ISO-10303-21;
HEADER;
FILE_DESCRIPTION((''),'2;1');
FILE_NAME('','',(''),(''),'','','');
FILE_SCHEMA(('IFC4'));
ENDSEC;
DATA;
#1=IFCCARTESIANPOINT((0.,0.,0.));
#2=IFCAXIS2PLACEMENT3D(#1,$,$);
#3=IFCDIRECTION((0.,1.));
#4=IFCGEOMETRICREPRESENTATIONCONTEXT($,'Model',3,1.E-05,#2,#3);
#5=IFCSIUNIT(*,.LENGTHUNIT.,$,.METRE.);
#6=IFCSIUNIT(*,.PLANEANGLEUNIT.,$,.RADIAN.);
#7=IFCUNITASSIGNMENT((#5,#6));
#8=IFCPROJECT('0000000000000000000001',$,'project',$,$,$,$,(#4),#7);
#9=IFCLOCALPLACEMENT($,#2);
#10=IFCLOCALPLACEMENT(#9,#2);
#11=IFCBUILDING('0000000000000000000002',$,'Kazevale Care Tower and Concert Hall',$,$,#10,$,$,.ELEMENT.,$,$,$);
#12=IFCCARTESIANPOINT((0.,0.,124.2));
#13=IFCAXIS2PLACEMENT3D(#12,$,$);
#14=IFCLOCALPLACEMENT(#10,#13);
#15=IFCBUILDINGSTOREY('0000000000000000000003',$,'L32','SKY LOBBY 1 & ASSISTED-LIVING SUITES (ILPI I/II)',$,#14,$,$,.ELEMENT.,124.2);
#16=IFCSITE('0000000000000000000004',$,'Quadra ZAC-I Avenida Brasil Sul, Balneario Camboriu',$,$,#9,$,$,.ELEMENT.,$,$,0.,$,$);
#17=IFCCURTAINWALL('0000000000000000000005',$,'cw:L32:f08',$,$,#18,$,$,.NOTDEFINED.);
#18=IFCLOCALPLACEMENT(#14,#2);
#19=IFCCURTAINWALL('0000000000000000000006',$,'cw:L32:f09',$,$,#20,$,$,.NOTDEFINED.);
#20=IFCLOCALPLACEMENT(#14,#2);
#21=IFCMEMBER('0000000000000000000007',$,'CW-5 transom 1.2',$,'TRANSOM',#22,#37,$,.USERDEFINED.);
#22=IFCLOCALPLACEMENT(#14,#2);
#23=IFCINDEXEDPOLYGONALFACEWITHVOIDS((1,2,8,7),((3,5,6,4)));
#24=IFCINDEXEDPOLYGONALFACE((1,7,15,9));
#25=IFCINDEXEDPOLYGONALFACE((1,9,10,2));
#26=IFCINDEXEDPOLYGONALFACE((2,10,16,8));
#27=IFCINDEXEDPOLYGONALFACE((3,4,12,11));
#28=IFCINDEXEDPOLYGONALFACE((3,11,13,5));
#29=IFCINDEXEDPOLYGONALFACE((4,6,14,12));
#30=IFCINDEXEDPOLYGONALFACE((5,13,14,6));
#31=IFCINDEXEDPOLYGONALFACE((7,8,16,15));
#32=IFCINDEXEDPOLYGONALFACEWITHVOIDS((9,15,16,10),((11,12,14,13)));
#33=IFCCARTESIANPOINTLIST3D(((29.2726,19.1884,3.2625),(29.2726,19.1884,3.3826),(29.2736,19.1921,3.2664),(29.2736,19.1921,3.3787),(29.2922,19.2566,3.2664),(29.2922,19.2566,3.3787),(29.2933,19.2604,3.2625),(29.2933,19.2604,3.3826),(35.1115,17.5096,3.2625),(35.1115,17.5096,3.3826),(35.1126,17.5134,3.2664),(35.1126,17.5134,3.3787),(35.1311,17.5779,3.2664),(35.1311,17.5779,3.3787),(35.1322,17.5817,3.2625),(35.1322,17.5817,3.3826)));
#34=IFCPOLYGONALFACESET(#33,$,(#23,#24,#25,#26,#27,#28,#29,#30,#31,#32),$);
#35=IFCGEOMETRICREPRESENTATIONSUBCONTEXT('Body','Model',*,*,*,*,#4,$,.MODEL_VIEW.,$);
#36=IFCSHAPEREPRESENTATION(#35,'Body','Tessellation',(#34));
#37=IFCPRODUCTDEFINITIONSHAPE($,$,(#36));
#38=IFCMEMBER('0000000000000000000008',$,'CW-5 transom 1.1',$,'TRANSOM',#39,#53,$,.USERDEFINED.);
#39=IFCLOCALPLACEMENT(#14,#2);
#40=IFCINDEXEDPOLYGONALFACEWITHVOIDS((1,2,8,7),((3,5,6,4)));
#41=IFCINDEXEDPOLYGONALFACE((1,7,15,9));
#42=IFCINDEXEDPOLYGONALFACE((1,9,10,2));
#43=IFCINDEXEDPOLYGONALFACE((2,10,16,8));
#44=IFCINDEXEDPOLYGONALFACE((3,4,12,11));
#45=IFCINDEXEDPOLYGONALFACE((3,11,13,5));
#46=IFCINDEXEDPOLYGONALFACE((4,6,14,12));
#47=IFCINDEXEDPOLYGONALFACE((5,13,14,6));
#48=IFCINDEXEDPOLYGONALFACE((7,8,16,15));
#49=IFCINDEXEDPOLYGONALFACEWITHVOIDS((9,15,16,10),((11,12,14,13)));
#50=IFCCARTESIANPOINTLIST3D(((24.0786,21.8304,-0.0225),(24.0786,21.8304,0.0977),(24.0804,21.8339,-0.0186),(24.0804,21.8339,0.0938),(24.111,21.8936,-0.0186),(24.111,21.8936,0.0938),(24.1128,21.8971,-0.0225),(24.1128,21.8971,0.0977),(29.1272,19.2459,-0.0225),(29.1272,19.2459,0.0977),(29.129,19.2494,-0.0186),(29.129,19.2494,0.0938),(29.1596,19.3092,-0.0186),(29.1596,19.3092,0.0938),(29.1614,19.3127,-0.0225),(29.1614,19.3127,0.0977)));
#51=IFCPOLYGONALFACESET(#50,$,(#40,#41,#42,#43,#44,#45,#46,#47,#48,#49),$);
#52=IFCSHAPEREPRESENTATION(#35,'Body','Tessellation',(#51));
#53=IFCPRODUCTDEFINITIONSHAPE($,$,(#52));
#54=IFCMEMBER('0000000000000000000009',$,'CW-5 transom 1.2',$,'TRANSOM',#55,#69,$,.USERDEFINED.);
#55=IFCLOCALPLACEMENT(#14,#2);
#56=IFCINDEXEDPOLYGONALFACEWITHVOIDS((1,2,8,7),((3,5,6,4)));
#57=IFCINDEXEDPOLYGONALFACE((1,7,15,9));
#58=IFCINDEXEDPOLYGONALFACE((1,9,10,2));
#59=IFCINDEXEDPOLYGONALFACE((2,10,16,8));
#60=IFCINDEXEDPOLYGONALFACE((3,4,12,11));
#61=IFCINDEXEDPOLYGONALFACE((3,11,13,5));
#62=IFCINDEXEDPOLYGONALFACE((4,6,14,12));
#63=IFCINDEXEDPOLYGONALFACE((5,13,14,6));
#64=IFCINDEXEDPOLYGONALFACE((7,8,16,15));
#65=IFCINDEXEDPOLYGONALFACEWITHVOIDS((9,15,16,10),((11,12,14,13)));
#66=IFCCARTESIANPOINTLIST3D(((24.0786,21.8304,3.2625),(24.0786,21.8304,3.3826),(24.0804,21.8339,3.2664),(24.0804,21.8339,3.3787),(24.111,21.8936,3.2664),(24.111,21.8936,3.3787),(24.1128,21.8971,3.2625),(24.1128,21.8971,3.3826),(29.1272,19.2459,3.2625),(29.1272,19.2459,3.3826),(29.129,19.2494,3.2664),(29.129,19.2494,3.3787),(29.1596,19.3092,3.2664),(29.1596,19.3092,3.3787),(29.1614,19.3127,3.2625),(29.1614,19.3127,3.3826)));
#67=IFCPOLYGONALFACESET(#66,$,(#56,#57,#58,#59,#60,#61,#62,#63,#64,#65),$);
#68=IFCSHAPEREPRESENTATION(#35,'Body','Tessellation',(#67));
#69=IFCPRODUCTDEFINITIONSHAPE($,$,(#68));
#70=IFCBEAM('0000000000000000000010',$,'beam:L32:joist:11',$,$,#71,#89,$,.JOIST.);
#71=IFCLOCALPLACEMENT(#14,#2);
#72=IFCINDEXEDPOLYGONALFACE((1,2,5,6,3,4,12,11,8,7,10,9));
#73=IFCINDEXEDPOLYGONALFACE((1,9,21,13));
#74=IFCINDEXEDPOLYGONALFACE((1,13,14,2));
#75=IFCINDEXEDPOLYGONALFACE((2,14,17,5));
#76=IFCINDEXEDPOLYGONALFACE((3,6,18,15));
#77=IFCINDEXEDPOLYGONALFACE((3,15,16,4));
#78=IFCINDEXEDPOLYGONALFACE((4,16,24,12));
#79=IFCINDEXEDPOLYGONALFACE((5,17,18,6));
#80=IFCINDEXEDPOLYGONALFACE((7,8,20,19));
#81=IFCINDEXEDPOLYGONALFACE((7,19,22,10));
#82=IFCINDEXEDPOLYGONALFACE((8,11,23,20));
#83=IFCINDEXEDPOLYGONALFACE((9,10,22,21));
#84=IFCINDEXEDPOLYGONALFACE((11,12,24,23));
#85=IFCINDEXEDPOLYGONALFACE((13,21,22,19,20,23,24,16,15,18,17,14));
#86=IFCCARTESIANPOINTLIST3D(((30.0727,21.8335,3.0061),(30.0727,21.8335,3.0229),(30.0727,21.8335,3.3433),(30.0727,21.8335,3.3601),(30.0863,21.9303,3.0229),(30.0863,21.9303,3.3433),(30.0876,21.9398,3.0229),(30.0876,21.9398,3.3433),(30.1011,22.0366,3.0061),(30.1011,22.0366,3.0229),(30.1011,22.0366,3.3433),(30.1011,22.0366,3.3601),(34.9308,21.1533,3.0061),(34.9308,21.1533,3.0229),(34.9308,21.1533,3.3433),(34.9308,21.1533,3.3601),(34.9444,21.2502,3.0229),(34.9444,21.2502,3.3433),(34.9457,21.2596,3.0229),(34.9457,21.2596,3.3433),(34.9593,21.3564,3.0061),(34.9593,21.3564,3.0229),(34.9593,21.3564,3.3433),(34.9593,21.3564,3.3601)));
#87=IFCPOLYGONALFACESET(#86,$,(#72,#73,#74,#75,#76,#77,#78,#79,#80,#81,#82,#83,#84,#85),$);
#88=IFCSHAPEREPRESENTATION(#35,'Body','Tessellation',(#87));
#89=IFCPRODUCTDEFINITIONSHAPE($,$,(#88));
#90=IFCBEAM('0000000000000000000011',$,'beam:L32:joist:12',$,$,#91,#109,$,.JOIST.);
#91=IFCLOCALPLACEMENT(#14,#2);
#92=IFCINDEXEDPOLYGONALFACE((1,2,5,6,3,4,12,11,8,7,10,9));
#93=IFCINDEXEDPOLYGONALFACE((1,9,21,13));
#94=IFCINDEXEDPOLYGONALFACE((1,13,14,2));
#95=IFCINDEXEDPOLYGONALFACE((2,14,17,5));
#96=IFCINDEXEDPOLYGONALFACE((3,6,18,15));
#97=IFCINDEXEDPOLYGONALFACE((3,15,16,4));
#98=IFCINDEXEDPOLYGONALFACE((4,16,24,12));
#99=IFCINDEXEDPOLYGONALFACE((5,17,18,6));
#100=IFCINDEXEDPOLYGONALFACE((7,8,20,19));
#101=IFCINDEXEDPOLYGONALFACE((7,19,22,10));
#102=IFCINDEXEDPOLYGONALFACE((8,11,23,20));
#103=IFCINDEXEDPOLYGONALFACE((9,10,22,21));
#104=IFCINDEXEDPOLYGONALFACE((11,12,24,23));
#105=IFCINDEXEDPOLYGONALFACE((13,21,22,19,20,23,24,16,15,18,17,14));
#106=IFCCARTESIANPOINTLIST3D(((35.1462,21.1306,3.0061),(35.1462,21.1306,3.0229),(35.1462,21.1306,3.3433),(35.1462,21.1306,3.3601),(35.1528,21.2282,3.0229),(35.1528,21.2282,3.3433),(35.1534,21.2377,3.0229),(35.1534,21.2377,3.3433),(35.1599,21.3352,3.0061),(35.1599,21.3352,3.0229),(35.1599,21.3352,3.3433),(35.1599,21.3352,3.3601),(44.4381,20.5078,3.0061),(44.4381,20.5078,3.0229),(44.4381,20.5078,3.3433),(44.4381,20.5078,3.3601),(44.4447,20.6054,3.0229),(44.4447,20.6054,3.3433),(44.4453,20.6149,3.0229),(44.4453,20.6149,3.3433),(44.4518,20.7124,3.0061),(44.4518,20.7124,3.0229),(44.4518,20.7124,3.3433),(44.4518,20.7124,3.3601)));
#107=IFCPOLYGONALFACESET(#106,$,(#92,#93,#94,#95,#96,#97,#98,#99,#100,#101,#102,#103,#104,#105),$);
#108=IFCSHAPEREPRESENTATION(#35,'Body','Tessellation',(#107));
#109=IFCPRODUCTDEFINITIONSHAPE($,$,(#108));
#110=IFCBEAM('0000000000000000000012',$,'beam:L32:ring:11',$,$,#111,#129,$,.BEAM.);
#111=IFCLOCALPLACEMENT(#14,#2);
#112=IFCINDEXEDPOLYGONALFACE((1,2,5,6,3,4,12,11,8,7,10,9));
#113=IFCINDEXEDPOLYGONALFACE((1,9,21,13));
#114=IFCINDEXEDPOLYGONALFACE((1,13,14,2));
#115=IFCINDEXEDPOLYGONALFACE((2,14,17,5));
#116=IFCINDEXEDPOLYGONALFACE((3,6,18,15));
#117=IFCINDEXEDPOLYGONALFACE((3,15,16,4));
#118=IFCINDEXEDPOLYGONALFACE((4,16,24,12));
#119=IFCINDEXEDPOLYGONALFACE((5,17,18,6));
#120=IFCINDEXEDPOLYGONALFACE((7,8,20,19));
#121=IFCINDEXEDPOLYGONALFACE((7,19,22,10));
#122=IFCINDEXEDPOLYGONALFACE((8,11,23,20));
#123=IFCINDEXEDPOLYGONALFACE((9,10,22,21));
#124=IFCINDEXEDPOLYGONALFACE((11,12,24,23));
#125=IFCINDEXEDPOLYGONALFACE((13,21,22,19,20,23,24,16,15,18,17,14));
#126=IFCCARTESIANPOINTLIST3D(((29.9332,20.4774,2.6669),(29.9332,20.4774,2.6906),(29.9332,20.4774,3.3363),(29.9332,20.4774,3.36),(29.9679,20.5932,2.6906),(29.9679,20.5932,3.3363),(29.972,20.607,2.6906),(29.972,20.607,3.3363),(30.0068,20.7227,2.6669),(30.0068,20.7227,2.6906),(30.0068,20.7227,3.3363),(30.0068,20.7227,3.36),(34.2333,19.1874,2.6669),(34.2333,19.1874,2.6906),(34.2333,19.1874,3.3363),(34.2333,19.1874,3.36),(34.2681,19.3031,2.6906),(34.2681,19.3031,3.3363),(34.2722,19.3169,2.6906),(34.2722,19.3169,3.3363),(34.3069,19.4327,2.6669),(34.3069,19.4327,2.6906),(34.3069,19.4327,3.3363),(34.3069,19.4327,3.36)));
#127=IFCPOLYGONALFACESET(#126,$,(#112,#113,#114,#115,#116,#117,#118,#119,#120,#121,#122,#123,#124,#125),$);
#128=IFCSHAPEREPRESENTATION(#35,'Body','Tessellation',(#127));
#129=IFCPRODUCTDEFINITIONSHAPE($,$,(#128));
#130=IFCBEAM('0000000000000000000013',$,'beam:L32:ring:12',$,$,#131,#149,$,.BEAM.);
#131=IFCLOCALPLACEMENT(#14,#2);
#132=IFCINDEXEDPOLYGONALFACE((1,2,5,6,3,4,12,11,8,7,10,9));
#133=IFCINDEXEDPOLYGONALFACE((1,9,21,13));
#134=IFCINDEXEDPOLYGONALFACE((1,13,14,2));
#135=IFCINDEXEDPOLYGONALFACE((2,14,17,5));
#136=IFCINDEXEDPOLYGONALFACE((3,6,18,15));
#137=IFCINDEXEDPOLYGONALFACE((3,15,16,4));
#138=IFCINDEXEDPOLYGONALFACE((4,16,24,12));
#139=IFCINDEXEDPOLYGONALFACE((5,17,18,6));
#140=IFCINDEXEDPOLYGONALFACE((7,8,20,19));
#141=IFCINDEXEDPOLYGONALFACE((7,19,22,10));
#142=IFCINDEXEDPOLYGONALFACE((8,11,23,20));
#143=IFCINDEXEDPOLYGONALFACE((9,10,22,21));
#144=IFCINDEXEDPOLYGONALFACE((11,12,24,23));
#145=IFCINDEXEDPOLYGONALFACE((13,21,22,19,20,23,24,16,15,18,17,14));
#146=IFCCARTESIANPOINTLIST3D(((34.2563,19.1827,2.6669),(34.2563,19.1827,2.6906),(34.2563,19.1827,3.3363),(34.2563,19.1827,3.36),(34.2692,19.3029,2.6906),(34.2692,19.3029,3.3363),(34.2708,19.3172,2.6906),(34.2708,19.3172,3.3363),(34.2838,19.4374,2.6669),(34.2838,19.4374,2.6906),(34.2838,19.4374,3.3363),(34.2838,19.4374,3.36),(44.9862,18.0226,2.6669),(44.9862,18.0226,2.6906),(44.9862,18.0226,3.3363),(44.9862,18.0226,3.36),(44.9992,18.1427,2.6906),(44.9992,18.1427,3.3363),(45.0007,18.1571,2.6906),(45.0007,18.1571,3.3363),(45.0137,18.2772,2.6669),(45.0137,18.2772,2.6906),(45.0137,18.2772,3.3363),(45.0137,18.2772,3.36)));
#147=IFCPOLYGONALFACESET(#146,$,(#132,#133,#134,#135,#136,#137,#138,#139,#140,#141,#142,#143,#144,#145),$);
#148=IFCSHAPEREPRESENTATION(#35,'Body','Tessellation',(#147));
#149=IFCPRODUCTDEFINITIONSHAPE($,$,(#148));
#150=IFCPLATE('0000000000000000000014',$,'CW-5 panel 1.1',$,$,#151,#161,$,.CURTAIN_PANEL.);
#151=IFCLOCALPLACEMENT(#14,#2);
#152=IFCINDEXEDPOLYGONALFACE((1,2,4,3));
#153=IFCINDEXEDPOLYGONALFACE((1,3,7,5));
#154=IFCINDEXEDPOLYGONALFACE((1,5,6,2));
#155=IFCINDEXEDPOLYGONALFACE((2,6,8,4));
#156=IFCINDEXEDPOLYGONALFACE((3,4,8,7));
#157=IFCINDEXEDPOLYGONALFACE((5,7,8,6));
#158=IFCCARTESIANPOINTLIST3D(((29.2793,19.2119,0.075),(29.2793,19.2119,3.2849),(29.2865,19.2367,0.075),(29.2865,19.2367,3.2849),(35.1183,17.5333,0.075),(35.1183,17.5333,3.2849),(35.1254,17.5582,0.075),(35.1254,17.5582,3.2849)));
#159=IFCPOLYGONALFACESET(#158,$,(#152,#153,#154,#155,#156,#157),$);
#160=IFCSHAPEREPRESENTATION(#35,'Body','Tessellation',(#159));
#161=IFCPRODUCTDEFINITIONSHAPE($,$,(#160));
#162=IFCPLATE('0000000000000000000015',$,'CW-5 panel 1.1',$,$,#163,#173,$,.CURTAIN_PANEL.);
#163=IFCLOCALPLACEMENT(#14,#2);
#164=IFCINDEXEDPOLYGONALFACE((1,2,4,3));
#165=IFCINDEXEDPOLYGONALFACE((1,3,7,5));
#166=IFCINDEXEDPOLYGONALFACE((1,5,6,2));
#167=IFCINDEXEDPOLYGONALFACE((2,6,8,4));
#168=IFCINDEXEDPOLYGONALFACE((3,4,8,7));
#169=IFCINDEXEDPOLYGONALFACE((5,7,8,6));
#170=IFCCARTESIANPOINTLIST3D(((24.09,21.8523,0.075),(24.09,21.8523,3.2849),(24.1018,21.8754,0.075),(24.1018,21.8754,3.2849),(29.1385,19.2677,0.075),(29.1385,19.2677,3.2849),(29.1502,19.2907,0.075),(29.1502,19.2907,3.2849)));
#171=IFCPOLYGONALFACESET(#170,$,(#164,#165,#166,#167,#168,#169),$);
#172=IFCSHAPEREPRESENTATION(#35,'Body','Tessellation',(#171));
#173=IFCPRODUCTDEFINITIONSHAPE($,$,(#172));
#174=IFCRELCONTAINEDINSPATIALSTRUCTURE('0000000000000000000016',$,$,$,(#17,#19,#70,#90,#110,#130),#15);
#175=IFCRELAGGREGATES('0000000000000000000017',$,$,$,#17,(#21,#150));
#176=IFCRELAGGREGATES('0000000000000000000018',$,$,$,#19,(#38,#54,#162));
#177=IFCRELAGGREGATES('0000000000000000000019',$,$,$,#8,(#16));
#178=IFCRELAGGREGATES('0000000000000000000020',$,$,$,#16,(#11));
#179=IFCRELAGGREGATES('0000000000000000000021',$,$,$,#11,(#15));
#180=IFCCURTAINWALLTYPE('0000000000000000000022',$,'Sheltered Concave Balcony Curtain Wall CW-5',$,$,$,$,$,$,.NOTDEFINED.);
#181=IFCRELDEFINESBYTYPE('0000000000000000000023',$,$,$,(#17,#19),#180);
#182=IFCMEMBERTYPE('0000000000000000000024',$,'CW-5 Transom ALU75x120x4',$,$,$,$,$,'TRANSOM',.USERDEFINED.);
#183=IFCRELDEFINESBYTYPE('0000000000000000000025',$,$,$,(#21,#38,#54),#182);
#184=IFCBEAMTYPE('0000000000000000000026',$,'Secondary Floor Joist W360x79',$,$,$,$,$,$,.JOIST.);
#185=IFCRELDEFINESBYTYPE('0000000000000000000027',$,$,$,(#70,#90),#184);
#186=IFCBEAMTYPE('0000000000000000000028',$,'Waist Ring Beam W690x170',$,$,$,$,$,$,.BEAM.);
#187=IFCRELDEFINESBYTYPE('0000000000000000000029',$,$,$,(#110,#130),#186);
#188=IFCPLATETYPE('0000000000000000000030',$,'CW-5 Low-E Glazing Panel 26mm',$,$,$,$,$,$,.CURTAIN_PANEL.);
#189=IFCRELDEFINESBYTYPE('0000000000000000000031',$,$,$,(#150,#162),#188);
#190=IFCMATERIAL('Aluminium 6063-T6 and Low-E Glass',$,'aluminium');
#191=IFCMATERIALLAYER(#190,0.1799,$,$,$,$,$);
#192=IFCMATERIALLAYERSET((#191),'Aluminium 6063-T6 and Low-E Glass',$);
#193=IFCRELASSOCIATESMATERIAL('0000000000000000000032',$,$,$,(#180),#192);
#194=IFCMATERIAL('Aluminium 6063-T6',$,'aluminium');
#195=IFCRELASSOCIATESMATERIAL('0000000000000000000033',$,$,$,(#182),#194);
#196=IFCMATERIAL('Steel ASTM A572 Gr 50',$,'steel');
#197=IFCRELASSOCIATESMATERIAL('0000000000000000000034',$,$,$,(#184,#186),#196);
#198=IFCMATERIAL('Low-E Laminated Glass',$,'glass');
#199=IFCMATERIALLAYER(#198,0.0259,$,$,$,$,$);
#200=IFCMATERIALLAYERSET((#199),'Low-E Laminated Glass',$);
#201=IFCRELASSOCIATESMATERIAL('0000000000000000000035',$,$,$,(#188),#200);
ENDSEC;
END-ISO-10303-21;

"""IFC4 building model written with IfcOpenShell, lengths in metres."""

from ifc_helpers import new_model, si_unit, direction, frame, origin, origin_2d, place, context, subcontext, project, spatial, rectangle, hollow_rectangle, i_section, extrude, material, layer, layer_set, material_profile, profile_set, type_object, element, aggregate, save


model = new_model("IFC4")

# Units and contexts
model_context = context("Model", 3, precision=1e-05, world=origin(), true_north=direction((0.0, 1.0)))
body_context = subcontext(model_context, "Body", "Model", "MODEL_VIEW")
ifc_project = project(units=[si_unit("LENGTHUNIT", "METRE"), si_unit("PLANEANGLEUNIT", "RADIAN")], contexts=[model_context])

# Site, building, storey
site_placement = place(None, origin())
site = spatial("IfcSite", under=ifc_project, at=site_placement, Name="Quadra ZAC-I Avenida Brasil Sul, Balneario Camboriu", CompositionType="ELEMENT", RefElevation=0.0)
building_placement = place(site_placement, origin())
building = spatial("IfcBuilding", under=site, at=building_placement, Name="Kazevale Care Tower and Concert Hall", CompositionType="ELEMENT")
storey_placement = place(building_placement, frame((0.0, 0.0, 124.2)))
storey = spatial("IfcBuildingStorey", under=building, at=storey_placement, Name="L32", Description="SKY LOBBY 1 & ASSISTED-LIVING SUITES (ILPI I/II)", CompositionType="ELEMENT", Elevation=124.2)

# Shared definitions
ifc_material_1 = material(Name="Aluminium 6063-T6 and Low-E Glass", Category="aluminium")
ifc_layer_1 = layer(ifc_material_1, 0.1799)
ifc_layer_set_1 = layer_set([ifc_layer_1], Name="Aluminium 6063-T6 and Low-E Glass")
curtain_wall_type = type_object("IfcCurtainWallType", Name="Sheltered Concave Balcony Curtain Wall CW-5", PredefinedType="NOTDEFINED", material=ifc_layer_set_1)
ifc_material_2 = material(Name="Aluminium 6063-T6", Category="aluminium")

# Curtain wall
curtain_wall_1_placement = place(storey_placement, origin())
curtain_wall_1 = element("IfcCurtainWall", 1, at=curtain_wall_1_placement, inside=storey, type_object=curtain_wall_type, Name="cw:L32:f08", PredefinedType="NOTDEFINED")

# Curtain wall
curtain_wall_2_placement = place(storey_placement, origin())
curtain_wall_2 = element("IfcCurtainWall", 2, at=curtain_wall_2_placement, inside=storey, type_object=curtain_wall_type, Name="cw:L32:f09", PredefinedType="NOTDEFINED")

# Members
ifc_material_profile_1 = material_profile(ifc_material_2, hollow_rectangle(XDim=0.075, YDim=0.1201, WallThickness=0.0039, at=origin_2d()), Name="ALU75x120x4")
ifc_profile_set_1 = profile_set([ifc_material_profile_1], Name="Aluminium 6063-T6")
member_type_1 = type_object("IfcMemberType", Name="CW-5 Transom ALU75x120x4", ElementType="TRANSOM", PredefinedType="USERDEFINED", material=ifc_profile_set_1)
member_1_placement = place(storey_placement, frame((35.1218, 17.5457, 3.3225), z_axis=(-0.961068, 0.276313, 0.0), x_axis=(-0.276313, -0.961068, 0.0)))
member_1 = element("IfcMember", 3, at=member_1_placement, type_object=member_type_1, Name="CW-5 transom 1.2", ObjectType="TRANSOM", PredefinedType="USERDEFINED", context=body_context, shape_type="SweptSolid", body=[
    extrude(hollow_rectangle(XDim=0.075, YDim=0.1201, WallThickness=0.0039, at=origin_2d()), origin(), (0.0, 0.0, 1.0), 6.0754),
])
member_2_placement = place(storey_placement, frame((29.1443, 19.2793, 0.0376), z_axis=(-0.890143, 0.455682, 0.0), x_axis=(-0.455682, -0.890143, 0.0)))
member_2 = element("IfcMember", 4, at=member_2_placement, type_object=member_type_1, Name="CW-5 transom 1.1", ObjectType="TRANSOM", PredefinedType="USERDEFINED", context=body_context, shape_type="SweptSolid", body=[
    extrude(hollow_rectangle(XDim=0.075, YDim=0.1201, WallThickness=0.0039, at=origin_2d()), origin(), (0.0, 0.0, 1.0), 5.6716),
])
member_3_placement = place(storey_placement, frame((29.1443, 19.2793, 3.3225), z_axis=(-0.890143, 0.455682, 0.0), x_axis=(-0.455682, -0.890143, 0.0)))
member_3 = element("IfcMember", 5, at=member_3_placement, type_object=member_type_1, Name="CW-5 transom 1.2", ObjectType="TRANSOM", PredefinedType="USERDEFINED", context=body_context, shape_type="SweptSolid", body=[
    extrude(hollow_rectangle(XDim=0.075, YDim=0.1201, WallThickness=0.0039, at=origin_2d()), origin(), (0.0, 0.0, 1.0), 5.6716),
])

# Beams
ifc_material_3 = material(Name="Steel ASTM A572 Gr 50", Category="steel")
ifc_material_profile_2 = material_profile(ifc_material_3, i_section(OverallWidth=0.2051, OverallDepth=0.354, WebThickness=0.0095, FlangeThickness=0.0168, at=origin_2d()), Name="W360x79")
ifc_profile_set_2 = profile_set([ifc_material_profile_2], Name="Steel ASTM A572 Gr 50")
beam_type_1 = type_object("IfcBeamType", Name="Secondary Floor Joist W360x79", PredefinedType="JOIST", material=ifc_profile_set_2)
beam_1_placement = place(storey_placement, frame((30.0869, 21.9351, 3.1831), z_axis=(0.990341, -0.138655, 0.0), x_axis=(0.138655, 0.990341, 0.0)))
element("IfcBeam", 6, at=beam_1_placement, inside=storey, type_object=beam_type_1, Name="beam:L32:joist:11", PredefinedType="JOIST", context=body_context, shape_type="SweptSolid", body=[
    extrude(i_section(OverallWidth=0.2051, OverallDepth=0.354, WebThickness=0.0095, FlangeThickness=0.0168, at=origin_2d()), origin(), (0.0, 0.0, 1.0), 4.9055),
])
beam_2_placement = place(storey_placement, frame((35.1531, 21.2329, 3.1831), z_axis=(0.997761, -0.066876, 0.0), x_axis=(0.066876, 0.997761, 0.0)))
element("IfcBeam", 7, at=beam_2_placement, inside=storey, type_object=beam_type_1, Name="beam:L32:joist:12", PredefinedType="JOIST", context=body_context, shape_type="SweptSolid", body=[
    extrude(i_section(OverallWidth=0.2051, OverallDepth=0.354, WebThickness=0.0095, FlangeThickness=0.0168, at=origin_2d()), origin(), (0.0, 0.0, 1.0), 9.3127),
])
ifc_material_profile_3 = material_profile(ifc_material_3, i_section(OverallWidth=0.2561, OverallDepth=0.6931, WebThickness=0.0144, FlangeThickness=0.0237, at=origin_2d()), Name="W690x170")
ifc_profile_set_3 = profile_set([ifc_material_profile_3], Name="Steel ASTM A572 Gr 50")
beam_type_2 = type_object("IfcBeamType", Name="Waist Ring Beam W690x170", PredefinedType="BEAM", material=ifc_profile_set_3)
beam_3_placement = place(storey_placement, frame((29.97, 20.6001, 3.0134), z_axis=(0.957825, -0.287353, 0.0), x_axis=(0.287353, 0.957825, 0.0)))
element("IfcBeam", 8, at=beam_3_placement, inside=storey, type_object=beam_type_2, Name="beam:L32:ring:11", PredefinedType="BEAM", context=body_context, shape_type="SweptSolid", body=[
    extrude(i_section(OverallWidth=0.2561, OverallDepth=0.6931, WebThickness=0.0144, FlangeThickness=0.0237, at=origin_2d()), origin(), (0.0, 0.0, 1.0), 4.4895),
])
beam_4_placement = place(storey_placement, frame((34.27, 19.3101, 3.0134), z_axis=(0.994205, -0.107496, 0.0), x_axis=(0.107496, 0.994205, 0.0)))
element("IfcBeam", 9, at=beam_4_placement, inside=storey, type_object=beam_type_2, Name="beam:L32:ring:12", PredefinedType="BEAM", context=body_context, shape_type="SweptSolid", body=[
    extrude(i_section(OverallWidth=0.2561, OverallDepth=0.6931, WebThickness=0.0144, FlangeThickness=0.0237, at=origin_2d()), origin(), (0.0, 0.0, 1.0), 10.7925),
])

# Plates
ifc_material_4 = material(Name="Low-E Laminated Glass", Category="glass")
ifc_layer_2 = layer(ifc_material_4, 0.0259)
ifc_layer_set_2 = layer_set([ifc_layer_2], Name="Low-E Laminated Glass")
plate_type = type_object("IfcPlateType", Name="CW-5 Low-E Glazing Panel 26mm", PredefinedType="CURTAIN_PANEL", material=ifc_layer_set_2)
plate_1_placement = place(storey_placement, frame((32.2024, 18.385, 0.075), z_axis=(0.0, 0.0, 1.0), x_axis=(-0.961074, 0.276291, 0.0)))
plate_1 = element("IfcPlate", 10, at=plate_1_placement, type_object=plate_type, Name="CW-5 panel 1.1", PredefinedType="CURTAIN_PANEL", context=body_context, shape_type="SweptSolid", body=[
    extrude(rectangle(XDim=6.0754, YDim=0.0259, at=origin_2d()), origin(), (0.0, 0.0, 1.0), 3.21),
])
aggregate(curtain_wall_1, [member_1, plate_1])
plate_2_placement = place(storey_placement, frame((26.6201, 20.5715, 0.075), z_axis=(0.0, 0.0, 1.0), x_axis=(-0.890127, 0.455713, 0.0)))
plate_2 = element("IfcPlate", 11, at=plate_2_placement, type_object=plate_type, Name="CW-5 panel 1.1", PredefinedType="CURTAIN_PANEL", context=body_context, shape_type="SweptSolid", body=[
    extrude(rectangle(XDim=5.6716, YDim=0.0259, at=origin_2d()), origin(), (0.0, 0.0, 1.0), 3.21),
])
aggregate(curtain_wall_2, [member_2, member_3, plate_2])

save(model, "model.ifc")
